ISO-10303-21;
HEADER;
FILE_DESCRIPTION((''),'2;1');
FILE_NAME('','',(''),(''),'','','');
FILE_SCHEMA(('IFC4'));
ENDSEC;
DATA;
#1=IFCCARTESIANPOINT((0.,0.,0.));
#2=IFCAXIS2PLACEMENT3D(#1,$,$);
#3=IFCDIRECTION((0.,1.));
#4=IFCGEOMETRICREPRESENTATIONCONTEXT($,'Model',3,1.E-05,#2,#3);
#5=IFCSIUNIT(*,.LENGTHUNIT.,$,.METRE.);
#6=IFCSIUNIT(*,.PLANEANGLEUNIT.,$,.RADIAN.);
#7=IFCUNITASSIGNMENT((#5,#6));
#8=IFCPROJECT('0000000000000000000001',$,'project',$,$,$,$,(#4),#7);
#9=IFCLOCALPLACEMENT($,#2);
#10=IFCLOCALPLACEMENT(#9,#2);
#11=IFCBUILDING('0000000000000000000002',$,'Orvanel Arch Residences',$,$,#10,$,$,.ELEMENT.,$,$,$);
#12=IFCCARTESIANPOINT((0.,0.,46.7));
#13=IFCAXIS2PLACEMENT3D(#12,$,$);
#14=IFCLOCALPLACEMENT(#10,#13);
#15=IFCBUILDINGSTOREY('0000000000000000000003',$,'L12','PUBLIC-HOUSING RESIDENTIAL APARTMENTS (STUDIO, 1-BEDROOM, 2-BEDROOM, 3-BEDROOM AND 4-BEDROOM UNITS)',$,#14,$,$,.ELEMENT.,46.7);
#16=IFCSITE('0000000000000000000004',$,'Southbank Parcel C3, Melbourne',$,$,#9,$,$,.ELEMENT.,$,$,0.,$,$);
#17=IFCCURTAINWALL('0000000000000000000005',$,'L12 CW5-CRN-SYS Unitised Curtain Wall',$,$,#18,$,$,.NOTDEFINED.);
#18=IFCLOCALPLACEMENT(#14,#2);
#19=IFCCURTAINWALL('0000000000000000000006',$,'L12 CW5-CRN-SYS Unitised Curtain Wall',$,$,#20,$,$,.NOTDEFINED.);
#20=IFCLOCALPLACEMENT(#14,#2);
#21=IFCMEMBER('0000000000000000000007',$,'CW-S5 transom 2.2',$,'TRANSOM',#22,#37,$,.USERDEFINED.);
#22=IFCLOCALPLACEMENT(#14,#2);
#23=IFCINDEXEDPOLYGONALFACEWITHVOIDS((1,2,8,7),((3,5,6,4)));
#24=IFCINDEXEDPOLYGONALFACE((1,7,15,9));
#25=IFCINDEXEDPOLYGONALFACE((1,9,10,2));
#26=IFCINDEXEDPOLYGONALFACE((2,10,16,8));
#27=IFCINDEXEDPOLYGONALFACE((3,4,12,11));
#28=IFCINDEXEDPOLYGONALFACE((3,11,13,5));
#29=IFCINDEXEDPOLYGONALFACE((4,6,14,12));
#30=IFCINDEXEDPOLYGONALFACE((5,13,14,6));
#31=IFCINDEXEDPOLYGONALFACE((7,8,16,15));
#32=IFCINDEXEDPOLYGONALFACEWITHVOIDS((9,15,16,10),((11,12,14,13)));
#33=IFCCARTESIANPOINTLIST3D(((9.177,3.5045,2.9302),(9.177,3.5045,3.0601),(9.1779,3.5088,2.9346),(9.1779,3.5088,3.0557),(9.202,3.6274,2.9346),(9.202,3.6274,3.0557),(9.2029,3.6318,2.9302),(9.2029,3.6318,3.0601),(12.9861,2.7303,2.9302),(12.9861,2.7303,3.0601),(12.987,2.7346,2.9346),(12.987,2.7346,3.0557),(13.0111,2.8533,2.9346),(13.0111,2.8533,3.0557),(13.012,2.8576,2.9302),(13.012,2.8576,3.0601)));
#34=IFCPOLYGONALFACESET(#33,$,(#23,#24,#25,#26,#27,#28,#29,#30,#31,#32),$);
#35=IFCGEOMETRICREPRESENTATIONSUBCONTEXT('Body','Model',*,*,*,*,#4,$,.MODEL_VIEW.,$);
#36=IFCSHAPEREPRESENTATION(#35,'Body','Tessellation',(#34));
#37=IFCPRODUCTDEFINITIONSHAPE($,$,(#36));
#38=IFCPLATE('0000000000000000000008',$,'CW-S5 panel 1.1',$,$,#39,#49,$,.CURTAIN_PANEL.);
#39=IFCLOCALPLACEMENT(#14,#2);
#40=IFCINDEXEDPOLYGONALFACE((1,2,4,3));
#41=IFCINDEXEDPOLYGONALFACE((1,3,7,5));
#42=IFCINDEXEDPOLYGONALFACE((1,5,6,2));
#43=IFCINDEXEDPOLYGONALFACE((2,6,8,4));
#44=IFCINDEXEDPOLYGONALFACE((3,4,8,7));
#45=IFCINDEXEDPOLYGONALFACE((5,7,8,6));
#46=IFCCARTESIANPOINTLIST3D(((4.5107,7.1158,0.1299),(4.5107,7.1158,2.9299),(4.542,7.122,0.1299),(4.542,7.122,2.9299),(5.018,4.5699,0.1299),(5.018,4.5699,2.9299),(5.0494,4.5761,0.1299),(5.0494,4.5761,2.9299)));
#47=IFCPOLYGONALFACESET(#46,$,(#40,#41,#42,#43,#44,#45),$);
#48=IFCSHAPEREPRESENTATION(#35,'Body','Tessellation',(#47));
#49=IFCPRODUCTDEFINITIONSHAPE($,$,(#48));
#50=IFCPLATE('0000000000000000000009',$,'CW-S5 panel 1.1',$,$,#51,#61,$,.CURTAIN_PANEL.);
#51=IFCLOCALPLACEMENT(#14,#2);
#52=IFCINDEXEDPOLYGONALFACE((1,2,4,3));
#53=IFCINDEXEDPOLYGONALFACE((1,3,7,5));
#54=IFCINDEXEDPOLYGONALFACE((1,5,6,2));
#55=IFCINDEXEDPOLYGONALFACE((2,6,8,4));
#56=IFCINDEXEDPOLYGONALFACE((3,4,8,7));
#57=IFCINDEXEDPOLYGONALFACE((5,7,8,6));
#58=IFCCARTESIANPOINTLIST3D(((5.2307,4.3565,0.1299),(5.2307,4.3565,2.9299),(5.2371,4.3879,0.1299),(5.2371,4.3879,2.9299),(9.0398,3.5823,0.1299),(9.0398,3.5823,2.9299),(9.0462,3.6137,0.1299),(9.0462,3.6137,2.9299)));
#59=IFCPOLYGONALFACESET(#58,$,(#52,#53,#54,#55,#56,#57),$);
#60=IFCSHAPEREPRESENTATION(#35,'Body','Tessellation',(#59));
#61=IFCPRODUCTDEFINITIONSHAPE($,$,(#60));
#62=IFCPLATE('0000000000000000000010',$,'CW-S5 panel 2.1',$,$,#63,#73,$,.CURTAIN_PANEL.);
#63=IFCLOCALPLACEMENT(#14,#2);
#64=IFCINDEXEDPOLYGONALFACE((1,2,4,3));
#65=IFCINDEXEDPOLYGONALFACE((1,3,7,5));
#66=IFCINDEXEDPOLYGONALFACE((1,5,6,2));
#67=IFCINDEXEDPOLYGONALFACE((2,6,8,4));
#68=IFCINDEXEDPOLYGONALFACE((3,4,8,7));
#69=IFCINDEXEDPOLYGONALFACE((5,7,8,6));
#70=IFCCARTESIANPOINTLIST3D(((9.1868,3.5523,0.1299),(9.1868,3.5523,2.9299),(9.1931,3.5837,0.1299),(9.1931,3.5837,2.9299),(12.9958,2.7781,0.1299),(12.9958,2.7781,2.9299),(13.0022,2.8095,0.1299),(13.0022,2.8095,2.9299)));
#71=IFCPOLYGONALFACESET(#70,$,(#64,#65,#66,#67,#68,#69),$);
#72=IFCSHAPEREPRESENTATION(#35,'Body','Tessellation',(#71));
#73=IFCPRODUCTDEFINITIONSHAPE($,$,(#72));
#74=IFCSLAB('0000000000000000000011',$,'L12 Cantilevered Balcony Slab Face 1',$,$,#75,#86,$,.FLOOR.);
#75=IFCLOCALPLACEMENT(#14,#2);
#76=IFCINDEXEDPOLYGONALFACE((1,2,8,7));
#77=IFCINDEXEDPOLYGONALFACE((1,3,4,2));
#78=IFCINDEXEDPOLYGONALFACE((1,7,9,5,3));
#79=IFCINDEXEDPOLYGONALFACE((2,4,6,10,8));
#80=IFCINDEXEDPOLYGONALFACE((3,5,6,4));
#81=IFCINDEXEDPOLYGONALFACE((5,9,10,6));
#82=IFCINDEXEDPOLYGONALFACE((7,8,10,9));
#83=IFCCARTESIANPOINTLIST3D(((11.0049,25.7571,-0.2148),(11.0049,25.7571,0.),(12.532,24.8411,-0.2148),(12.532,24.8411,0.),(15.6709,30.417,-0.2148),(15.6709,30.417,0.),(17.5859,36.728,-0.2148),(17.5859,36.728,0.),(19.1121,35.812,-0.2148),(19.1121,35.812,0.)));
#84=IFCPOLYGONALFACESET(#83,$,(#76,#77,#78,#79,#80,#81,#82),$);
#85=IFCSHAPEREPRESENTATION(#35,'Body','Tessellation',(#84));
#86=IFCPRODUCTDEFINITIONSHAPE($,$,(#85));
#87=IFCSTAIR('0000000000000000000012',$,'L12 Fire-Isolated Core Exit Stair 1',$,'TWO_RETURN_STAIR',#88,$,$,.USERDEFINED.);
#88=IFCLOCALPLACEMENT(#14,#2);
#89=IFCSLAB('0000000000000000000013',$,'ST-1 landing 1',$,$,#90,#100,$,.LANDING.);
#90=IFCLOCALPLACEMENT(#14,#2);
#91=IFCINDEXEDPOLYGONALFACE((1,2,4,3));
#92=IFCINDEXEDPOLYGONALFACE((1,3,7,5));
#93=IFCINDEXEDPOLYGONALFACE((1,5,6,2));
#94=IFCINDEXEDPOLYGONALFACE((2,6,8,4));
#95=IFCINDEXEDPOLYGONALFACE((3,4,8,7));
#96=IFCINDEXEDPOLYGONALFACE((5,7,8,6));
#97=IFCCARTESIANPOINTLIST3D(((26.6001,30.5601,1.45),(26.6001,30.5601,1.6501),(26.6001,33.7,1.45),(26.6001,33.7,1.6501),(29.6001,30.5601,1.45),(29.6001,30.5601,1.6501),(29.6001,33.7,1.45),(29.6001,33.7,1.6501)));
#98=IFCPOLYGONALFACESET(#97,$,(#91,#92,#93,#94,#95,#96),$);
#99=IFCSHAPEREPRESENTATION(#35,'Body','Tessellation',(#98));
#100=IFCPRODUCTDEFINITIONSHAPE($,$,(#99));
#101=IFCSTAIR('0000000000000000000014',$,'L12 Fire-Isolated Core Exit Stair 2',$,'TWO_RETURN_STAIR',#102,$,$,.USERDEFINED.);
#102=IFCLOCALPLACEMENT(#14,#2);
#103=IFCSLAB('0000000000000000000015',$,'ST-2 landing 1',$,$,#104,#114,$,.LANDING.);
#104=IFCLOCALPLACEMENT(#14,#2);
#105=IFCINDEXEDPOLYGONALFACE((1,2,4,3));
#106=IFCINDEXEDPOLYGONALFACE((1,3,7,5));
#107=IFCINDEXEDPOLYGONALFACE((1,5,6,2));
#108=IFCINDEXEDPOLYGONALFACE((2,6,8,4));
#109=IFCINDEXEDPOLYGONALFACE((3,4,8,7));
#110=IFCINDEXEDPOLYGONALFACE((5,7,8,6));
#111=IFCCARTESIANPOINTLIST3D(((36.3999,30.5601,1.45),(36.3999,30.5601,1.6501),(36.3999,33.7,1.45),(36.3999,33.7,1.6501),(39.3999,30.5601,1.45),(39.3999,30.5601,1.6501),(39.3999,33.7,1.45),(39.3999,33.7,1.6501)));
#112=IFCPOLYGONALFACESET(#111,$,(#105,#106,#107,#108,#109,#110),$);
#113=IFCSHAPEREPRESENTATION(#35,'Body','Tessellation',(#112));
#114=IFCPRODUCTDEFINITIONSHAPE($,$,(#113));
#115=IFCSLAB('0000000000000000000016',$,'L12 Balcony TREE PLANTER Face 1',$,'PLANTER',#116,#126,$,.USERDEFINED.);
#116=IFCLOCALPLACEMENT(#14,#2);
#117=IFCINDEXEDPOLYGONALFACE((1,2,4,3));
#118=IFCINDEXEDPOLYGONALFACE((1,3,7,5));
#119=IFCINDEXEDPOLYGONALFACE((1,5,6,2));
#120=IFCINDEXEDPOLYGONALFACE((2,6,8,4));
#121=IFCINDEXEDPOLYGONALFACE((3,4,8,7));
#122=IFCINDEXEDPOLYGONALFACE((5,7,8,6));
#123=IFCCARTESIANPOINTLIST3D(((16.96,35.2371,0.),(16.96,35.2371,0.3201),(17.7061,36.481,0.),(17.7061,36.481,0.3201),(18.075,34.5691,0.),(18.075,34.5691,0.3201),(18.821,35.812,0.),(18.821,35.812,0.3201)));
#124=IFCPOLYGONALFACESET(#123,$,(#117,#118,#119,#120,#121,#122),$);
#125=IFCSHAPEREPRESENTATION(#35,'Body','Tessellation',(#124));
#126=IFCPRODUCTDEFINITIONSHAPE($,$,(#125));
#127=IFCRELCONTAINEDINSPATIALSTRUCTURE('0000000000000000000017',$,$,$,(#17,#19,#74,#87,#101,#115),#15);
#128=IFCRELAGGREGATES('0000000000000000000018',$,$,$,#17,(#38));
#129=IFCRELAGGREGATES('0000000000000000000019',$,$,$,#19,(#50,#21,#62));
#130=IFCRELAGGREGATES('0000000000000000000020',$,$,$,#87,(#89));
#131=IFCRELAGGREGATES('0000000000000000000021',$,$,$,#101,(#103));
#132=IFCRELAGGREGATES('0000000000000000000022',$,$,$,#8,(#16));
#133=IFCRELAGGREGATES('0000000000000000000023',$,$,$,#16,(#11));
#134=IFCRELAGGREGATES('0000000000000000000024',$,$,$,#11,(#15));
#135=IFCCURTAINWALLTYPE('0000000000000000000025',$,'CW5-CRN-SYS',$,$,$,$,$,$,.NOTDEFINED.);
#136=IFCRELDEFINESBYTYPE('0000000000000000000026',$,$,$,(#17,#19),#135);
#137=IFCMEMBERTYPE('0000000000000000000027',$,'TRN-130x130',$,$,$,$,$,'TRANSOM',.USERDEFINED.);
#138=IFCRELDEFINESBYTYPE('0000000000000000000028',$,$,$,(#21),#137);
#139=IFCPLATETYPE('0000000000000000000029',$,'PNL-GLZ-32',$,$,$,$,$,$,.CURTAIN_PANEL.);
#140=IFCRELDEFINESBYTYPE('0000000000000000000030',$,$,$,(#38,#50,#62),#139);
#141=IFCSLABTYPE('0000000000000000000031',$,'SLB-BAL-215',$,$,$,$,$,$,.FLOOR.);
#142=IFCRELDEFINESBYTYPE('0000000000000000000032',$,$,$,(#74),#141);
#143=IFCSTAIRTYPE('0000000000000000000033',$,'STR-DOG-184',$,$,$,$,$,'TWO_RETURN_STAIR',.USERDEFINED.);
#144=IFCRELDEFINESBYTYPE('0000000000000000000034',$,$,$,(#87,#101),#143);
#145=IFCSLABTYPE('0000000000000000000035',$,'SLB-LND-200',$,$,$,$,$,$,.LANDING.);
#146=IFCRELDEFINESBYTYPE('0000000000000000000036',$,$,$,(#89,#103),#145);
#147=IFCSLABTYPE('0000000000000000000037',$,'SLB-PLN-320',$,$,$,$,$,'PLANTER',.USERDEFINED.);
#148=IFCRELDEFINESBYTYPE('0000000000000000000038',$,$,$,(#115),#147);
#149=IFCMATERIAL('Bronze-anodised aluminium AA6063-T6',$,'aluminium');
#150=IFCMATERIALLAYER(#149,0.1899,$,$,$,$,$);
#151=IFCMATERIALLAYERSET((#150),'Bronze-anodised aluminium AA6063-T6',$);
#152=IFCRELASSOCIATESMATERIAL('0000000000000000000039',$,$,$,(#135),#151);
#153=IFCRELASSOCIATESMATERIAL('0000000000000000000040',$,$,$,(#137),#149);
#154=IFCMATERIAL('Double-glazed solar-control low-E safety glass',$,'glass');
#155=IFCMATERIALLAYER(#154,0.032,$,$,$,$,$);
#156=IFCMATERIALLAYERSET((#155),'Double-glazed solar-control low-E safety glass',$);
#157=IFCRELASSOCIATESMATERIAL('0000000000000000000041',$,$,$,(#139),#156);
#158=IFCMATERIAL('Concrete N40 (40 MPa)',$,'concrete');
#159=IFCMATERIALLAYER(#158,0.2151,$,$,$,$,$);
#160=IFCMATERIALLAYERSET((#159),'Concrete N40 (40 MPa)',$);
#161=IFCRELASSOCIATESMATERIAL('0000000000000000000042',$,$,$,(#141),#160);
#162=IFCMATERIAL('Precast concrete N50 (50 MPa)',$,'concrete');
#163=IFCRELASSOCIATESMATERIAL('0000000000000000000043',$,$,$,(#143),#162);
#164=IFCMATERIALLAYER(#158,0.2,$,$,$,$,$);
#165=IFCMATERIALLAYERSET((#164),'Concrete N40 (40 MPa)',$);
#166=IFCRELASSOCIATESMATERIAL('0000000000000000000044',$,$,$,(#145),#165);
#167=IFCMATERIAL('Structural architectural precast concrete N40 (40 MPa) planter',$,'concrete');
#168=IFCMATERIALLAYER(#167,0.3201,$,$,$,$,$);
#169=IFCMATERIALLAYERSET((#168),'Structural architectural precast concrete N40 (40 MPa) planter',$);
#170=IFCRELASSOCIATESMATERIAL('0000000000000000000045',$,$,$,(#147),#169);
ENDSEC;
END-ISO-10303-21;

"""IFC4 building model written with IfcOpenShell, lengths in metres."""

from ifc_helpers import new_model, si_unit, direction, frame, origin, origin_2d, place, context, subcontext, project, spatial, polyline, rectangle, hollow_rectangle, outline, extrude, material, layer, layer_set, material_profile, profile_set, type_object, element, aggregate, save


model = new_model("IFC4")

# Units and contexts
model_context = context("Model", 3, precision=1e-05, world=origin(), true_north=direction((0.0, 1.0)))
body_context = subcontext(model_context, "Body", "Model", "MODEL_VIEW")
ifc_project = project(units=[si_unit("LENGTHUNIT", "METRE"), si_unit("PLANEANGLEUNIT", "RADIAN")], contexts=[model_context])

# Site, building, storey
site_placement = place(None, origin())
site = spatial("IfcSite", under=ifc_project, at=site_placement, Name="Southbank Parcel C3, Melbourne", CompositionType="ELEMENT", RefElevation=0.0)
building_placement = place(site_placement, origin())
building = spatial("IfcBuilding", under=site, at=building_placement, Name="Orvanel Arch Residences", CompositionType="ELEMENT")
storey_placement = place(building_placement, frame((0.0, 0.0, 46.7)))
storey = spatial("IfcBuildingStorey", under=building, at=storey_placement, Name="L12", Description="PUBLIC-HOUSING RESIDENTIAL APARTMENTS (STUDIO, 1-BEDROOM, 2-BEDROOM, 3-BEDROOM AND 4-BEDROOM UNITS)", CompositionType="ELEMENT", Elevation=46.7)

# Curtain walls
ifc_material_1 = material(Name="Bronze-anodised aluminium AA6063-T6", Category="aluminium")
ifc_layer_1 = layer(ifc_material_1, 0.1899)
ifc_layer_set_1 = layer_set([ifc_layer_1], Name="Bronze-anodised aluminium AA6063-T6")
curtain_wall_type_1 = type_object("IfcCurtainWallType", Name="CW5-CRN-SYS", PredefinedType="NOTDEFINED", material=ifc_layer_set_1)
curtain_wall_1_placement = place(storey_placement, origin())
curtain_wall_1 = element("IfcCurtainWall", 1, at=curtain_wall_1_placement, inside=storey, type_object=curtain_wall_type_1, Name="L12 CW5-CRN-SYS Unitised Curtain Wall", PredefinedType="NOTDEFINED")
curtain_wall_2_placement = place(storey_placement, origin())
curtain_wall_2 = element("IfcCurtainWall", 2, at=curtain_wall_2_placement, inside=storey, type_object=curtain_wall_type_1, Name="L12 CW5-CRN-SYS Unitised Curtain Wall", PredefinedType="NOTDEFINED")

# Member
ifc_material_profile_1 = material_profile(ifc_material_1, hollow_rectangle(XDim=0.1299, YDim=0.1299, WallThickness=0.0044, at=origin_2d()), Name="ALU130x130x4.5")
ifc_profile_set_1 = profile_set([ifc_material_profile_1], Name="Bronze-anodised aluminium AA6063-T6")
member_type_1 = type_object("IfcMemberType", Name="TRN-130x130", ElementType="TRANSOM", PredefinedType="USERDEFINED", material=ifc_profile_set_1)
member_1_placement = place(storey_placement, frame((9.1899, 3.5681, 2.9951), z_axis=(0.979965, -0.199171, 0.0), x_axis=(0.199171, 0.979965, 0.0)))
member_1 = element("IfcMember", 3, at=member_1_placement, type_object=member_type_1, Name="CW-S5 transom 2.2", ObjectType="TRANSOM", PredefinedType="USERDEFINED", context=body_context, shape_type="SweptSolid", body=[
    extrude(hollow_rectangle(XDim=0.1299, YDim=0.1299, WallThickness=0.0044, at=origin_2d()), origin(), (0.0, 0.0, 1.0), 3.887),
])

# Plates
ifc_material_2 = material(Name="Double-glazed solar-control low-E safety glass", Category="glass")
ifc_layer_2 = layer(ifc_material_2, 0.032)
ifc_layer_set_2 = layer_set([ifc_layer_2], Name="Double-glazed solar-control low-E safety glass")
plate_type = type_object("IfcPlateType", Name="PNL-GLZ-32", PredefinedType="CURTAIN_PANEL", material=ifc_layer_set_2)
plate_1_placement = place(storey_placement, frame((4.78, 5.8459, 0.1299), z_axis=(0.0, 0.0, 1.0), x_axis=(0.195452, -0.980713, 0.0)))
plate_1 = element("IfcPlate", 4, at=plate_1_placement, type_object=plate_type, Name="CW-S5 panel 1.1", PredefinedType="CURTAIN_PANEL", context=body_context, shape_type="SweptSolid", body=[
    extrude(rectangle(XDim=2.5959, YDim=0.032, at=origin_2d()), origin(), (0.0, 0.0, 1.0), 2.8),
])
aggregate(curtain_wall_1, [plate_1])
plate_2_placement = place(storey_placement, frame((7.1384, 3.9851, 0.1299), z_axis=(0.0, 0.0, 1.0), x_axis=(0.979963, -0.199179, 0.0)))
plate_2 = element("IfcPlate", 5, at=plate_2_placement, type_object=plate_type, Name="CW-S5 panel 1.1", PredefinedType="CURTAIN_PANEL", context=body_context, shape_type="SweptSolid", body=[
    extrude(rectangle(XDim=3.887, YDim=0.032, at=origin_2d()), origin(), (0.0, 0.0, 1.0), 2.8),
])
plate_3_placement = place(storey_placement, frame((11.0945, 3.1809, 0.1299), z_axis=(0.0, 0.0, 1.0), x_axis=(0.979963, -0.199179, 0.0)))
plate_3 = element("IfcPlate", 6, at=plate_3_placement, type_object=plate_type, Name="CW-S5 panel 2.1", PredefinedType="CURTAIN_PANEL", context=body_context, shape_type="SweptSolid", body=[
    extrude(rectangle(XDim=3.887, YDim=0.032, at=origin_2d()), origin(), (0.0, 0.0, 1.0), 2.8),
])
aggregate(curtain_wall_2, [plate_2, member_1, plate_3])

# Slab
ifc_material_3 = material(Name="Concrete N40 (40 MPa)", Category="concrete")
ifc_layer_3 = layer(ifc_material_3, 0.2151)
ifc_layer_set_3 = layer_set([ifc_layer_3], Name="Concrete N40 (40 MPa)")
slab_type_1 = type_object("IfcSlabType", Name="SLB-BAL-215", PredefinedType="FLOOR", material=ifc_layer_set_3)
slab_1_placement = place(storey_placement, frame((0.0, 0.0, -0.2148)))
element("IfcSlab", 7, at=slab_1_placement, inside=storey, type_object=slab_type_1, Name="L12 Cantilevered Balcony Slab Face 1", PredefinedType="FLOOR", context=body_context, shape_type="SweptSolid", body=[
    extrude(outline(polyline([(17.5859, 36.728), (11.0049, 25.7571), (12.532, 24.8411), (15.6709, 30.417), (19.1121, 35.812), (17.5859, 36.728)])), origin(), (0.0, 0.0, 1.0), 0.2148),
])

# Stairs, slabs
ifc_material_4 = material(Name="Precast concrete N50 (50 MPa)", Category="concrete")
stair_type = type_object("IfcStairType", Name="STR-DOG-184", ElementType="TWO_RETURN_STAIR", PredefinedType="USERDEFINED", material=ifc_material_4)
stair_1_placement = place(storey_placement, origin())
stair_1 = element("IfcStair", 8, at=stair_1_placement, inside=storey, type_object=stair_type, Name="L12 Fire-Isolated Core Exit Stair 1", ObjectType="TWO_RETURN_STAIR", PredefinedType="USERDEFINED")
ifc_layer_4 = layer(ifc_material_3, 0.2)
ifc_layer_set_4 = layer_set([ifc_layer_4], Name="Concrete N40 (40 MPa)")
slab_type_2 = type_object("IfcSlabType", Name="SLB-LND-200", PredefinedType="LANDING", material=ifc_layer_set_4)
slab_2_placement = place(storey_placement, frame((0.0, 0.0, 1.45)))
slab_2 = element("IfcSlab", 9, at=slab_2_placement, type_object=slab_type_2, Name="ST-1 landing 1", PredefinedType="LANDING", context=body_context, shape_type="SweptSolid", body=[
    extrude(outline(polyline([(29.6001, 30.5601), (29.6001, 33.7), (26.6001, 33.7), (26.6001, 30.5601), (29.6001, 30.5601)])), origin(), (0.0, 0.0, 1.0), 0.2002),
])
aggregate(stair_1, [slab_2])
stair_2_placement = place(storey_placement, origin())
stair_2 = element("IfcStair", 10, at=stair_2_placement, inside=storey, type_object=stair_type, Name="L12 Fire-Isolated Core Exit Stair 2", ObjectType="TWO_RETURN_STAIR", PredefinedType="USERDEFINED")
slab_3_placement = place(storey_placement, frame((0.0, 0.0, 1.45)))
slab_3 = element("IfcSlab", 11, at=slab_3_placement, type_object=slab_type_2, Name="ST-2 landing 1", PredefinedType="LANDING", context=body_context, shape_type="SweptSolid", body=[
    extrude(outline(polyline([(39.3999, 30.5601), (39.3999, 33.7), (36.3999, 33.7), (36.3999, 30.5601), (39.3999, 30.5601)])), origin(), (0.0, 0.0, 1.0), 0.2002),
])
aggregate(stair_2, [slab_3])

# Slab
ifc_material_5 = material(Name="Structural architectural precast concrete N40 (40 MPa) planter", Category="concrete")
ifc_layer_5 = layer(ifc_material_5, 0.3201)
ifc_layer_set_5 = layer_set([ifc_layer_5], Name="Structural architectural precast concrete N40 (40 MPa) planter")
slab_type_3 = type_object("IfcSlabType", Name="SLB-PLN-320", ElementType="PLANTER", PredefinedType="USERDEFINED", material=ifc_layer_set_5)
slab_4_placement = place(storey_placement, origin())
element("IfcSlab", 12, at=slab_4_placement, inside=storey, type_object=slab_type_3, Name="L12 Balcony TREE PLANTER Face 1", ObjectType="PLANTER", PredefinedType="USERDEFINED", context=body_context, shape_type="SweptSolid", body=[
    extrude(outline(polyline([(17.7061, 36.481), (16.96, 35.2371), (18.075, 34.5691), (18.821, 35.812), (17.7061, 36.481)])), origin(), (0.0, 0.0, 1.0), 0.3201),
])

save(model, "model.ifc")
